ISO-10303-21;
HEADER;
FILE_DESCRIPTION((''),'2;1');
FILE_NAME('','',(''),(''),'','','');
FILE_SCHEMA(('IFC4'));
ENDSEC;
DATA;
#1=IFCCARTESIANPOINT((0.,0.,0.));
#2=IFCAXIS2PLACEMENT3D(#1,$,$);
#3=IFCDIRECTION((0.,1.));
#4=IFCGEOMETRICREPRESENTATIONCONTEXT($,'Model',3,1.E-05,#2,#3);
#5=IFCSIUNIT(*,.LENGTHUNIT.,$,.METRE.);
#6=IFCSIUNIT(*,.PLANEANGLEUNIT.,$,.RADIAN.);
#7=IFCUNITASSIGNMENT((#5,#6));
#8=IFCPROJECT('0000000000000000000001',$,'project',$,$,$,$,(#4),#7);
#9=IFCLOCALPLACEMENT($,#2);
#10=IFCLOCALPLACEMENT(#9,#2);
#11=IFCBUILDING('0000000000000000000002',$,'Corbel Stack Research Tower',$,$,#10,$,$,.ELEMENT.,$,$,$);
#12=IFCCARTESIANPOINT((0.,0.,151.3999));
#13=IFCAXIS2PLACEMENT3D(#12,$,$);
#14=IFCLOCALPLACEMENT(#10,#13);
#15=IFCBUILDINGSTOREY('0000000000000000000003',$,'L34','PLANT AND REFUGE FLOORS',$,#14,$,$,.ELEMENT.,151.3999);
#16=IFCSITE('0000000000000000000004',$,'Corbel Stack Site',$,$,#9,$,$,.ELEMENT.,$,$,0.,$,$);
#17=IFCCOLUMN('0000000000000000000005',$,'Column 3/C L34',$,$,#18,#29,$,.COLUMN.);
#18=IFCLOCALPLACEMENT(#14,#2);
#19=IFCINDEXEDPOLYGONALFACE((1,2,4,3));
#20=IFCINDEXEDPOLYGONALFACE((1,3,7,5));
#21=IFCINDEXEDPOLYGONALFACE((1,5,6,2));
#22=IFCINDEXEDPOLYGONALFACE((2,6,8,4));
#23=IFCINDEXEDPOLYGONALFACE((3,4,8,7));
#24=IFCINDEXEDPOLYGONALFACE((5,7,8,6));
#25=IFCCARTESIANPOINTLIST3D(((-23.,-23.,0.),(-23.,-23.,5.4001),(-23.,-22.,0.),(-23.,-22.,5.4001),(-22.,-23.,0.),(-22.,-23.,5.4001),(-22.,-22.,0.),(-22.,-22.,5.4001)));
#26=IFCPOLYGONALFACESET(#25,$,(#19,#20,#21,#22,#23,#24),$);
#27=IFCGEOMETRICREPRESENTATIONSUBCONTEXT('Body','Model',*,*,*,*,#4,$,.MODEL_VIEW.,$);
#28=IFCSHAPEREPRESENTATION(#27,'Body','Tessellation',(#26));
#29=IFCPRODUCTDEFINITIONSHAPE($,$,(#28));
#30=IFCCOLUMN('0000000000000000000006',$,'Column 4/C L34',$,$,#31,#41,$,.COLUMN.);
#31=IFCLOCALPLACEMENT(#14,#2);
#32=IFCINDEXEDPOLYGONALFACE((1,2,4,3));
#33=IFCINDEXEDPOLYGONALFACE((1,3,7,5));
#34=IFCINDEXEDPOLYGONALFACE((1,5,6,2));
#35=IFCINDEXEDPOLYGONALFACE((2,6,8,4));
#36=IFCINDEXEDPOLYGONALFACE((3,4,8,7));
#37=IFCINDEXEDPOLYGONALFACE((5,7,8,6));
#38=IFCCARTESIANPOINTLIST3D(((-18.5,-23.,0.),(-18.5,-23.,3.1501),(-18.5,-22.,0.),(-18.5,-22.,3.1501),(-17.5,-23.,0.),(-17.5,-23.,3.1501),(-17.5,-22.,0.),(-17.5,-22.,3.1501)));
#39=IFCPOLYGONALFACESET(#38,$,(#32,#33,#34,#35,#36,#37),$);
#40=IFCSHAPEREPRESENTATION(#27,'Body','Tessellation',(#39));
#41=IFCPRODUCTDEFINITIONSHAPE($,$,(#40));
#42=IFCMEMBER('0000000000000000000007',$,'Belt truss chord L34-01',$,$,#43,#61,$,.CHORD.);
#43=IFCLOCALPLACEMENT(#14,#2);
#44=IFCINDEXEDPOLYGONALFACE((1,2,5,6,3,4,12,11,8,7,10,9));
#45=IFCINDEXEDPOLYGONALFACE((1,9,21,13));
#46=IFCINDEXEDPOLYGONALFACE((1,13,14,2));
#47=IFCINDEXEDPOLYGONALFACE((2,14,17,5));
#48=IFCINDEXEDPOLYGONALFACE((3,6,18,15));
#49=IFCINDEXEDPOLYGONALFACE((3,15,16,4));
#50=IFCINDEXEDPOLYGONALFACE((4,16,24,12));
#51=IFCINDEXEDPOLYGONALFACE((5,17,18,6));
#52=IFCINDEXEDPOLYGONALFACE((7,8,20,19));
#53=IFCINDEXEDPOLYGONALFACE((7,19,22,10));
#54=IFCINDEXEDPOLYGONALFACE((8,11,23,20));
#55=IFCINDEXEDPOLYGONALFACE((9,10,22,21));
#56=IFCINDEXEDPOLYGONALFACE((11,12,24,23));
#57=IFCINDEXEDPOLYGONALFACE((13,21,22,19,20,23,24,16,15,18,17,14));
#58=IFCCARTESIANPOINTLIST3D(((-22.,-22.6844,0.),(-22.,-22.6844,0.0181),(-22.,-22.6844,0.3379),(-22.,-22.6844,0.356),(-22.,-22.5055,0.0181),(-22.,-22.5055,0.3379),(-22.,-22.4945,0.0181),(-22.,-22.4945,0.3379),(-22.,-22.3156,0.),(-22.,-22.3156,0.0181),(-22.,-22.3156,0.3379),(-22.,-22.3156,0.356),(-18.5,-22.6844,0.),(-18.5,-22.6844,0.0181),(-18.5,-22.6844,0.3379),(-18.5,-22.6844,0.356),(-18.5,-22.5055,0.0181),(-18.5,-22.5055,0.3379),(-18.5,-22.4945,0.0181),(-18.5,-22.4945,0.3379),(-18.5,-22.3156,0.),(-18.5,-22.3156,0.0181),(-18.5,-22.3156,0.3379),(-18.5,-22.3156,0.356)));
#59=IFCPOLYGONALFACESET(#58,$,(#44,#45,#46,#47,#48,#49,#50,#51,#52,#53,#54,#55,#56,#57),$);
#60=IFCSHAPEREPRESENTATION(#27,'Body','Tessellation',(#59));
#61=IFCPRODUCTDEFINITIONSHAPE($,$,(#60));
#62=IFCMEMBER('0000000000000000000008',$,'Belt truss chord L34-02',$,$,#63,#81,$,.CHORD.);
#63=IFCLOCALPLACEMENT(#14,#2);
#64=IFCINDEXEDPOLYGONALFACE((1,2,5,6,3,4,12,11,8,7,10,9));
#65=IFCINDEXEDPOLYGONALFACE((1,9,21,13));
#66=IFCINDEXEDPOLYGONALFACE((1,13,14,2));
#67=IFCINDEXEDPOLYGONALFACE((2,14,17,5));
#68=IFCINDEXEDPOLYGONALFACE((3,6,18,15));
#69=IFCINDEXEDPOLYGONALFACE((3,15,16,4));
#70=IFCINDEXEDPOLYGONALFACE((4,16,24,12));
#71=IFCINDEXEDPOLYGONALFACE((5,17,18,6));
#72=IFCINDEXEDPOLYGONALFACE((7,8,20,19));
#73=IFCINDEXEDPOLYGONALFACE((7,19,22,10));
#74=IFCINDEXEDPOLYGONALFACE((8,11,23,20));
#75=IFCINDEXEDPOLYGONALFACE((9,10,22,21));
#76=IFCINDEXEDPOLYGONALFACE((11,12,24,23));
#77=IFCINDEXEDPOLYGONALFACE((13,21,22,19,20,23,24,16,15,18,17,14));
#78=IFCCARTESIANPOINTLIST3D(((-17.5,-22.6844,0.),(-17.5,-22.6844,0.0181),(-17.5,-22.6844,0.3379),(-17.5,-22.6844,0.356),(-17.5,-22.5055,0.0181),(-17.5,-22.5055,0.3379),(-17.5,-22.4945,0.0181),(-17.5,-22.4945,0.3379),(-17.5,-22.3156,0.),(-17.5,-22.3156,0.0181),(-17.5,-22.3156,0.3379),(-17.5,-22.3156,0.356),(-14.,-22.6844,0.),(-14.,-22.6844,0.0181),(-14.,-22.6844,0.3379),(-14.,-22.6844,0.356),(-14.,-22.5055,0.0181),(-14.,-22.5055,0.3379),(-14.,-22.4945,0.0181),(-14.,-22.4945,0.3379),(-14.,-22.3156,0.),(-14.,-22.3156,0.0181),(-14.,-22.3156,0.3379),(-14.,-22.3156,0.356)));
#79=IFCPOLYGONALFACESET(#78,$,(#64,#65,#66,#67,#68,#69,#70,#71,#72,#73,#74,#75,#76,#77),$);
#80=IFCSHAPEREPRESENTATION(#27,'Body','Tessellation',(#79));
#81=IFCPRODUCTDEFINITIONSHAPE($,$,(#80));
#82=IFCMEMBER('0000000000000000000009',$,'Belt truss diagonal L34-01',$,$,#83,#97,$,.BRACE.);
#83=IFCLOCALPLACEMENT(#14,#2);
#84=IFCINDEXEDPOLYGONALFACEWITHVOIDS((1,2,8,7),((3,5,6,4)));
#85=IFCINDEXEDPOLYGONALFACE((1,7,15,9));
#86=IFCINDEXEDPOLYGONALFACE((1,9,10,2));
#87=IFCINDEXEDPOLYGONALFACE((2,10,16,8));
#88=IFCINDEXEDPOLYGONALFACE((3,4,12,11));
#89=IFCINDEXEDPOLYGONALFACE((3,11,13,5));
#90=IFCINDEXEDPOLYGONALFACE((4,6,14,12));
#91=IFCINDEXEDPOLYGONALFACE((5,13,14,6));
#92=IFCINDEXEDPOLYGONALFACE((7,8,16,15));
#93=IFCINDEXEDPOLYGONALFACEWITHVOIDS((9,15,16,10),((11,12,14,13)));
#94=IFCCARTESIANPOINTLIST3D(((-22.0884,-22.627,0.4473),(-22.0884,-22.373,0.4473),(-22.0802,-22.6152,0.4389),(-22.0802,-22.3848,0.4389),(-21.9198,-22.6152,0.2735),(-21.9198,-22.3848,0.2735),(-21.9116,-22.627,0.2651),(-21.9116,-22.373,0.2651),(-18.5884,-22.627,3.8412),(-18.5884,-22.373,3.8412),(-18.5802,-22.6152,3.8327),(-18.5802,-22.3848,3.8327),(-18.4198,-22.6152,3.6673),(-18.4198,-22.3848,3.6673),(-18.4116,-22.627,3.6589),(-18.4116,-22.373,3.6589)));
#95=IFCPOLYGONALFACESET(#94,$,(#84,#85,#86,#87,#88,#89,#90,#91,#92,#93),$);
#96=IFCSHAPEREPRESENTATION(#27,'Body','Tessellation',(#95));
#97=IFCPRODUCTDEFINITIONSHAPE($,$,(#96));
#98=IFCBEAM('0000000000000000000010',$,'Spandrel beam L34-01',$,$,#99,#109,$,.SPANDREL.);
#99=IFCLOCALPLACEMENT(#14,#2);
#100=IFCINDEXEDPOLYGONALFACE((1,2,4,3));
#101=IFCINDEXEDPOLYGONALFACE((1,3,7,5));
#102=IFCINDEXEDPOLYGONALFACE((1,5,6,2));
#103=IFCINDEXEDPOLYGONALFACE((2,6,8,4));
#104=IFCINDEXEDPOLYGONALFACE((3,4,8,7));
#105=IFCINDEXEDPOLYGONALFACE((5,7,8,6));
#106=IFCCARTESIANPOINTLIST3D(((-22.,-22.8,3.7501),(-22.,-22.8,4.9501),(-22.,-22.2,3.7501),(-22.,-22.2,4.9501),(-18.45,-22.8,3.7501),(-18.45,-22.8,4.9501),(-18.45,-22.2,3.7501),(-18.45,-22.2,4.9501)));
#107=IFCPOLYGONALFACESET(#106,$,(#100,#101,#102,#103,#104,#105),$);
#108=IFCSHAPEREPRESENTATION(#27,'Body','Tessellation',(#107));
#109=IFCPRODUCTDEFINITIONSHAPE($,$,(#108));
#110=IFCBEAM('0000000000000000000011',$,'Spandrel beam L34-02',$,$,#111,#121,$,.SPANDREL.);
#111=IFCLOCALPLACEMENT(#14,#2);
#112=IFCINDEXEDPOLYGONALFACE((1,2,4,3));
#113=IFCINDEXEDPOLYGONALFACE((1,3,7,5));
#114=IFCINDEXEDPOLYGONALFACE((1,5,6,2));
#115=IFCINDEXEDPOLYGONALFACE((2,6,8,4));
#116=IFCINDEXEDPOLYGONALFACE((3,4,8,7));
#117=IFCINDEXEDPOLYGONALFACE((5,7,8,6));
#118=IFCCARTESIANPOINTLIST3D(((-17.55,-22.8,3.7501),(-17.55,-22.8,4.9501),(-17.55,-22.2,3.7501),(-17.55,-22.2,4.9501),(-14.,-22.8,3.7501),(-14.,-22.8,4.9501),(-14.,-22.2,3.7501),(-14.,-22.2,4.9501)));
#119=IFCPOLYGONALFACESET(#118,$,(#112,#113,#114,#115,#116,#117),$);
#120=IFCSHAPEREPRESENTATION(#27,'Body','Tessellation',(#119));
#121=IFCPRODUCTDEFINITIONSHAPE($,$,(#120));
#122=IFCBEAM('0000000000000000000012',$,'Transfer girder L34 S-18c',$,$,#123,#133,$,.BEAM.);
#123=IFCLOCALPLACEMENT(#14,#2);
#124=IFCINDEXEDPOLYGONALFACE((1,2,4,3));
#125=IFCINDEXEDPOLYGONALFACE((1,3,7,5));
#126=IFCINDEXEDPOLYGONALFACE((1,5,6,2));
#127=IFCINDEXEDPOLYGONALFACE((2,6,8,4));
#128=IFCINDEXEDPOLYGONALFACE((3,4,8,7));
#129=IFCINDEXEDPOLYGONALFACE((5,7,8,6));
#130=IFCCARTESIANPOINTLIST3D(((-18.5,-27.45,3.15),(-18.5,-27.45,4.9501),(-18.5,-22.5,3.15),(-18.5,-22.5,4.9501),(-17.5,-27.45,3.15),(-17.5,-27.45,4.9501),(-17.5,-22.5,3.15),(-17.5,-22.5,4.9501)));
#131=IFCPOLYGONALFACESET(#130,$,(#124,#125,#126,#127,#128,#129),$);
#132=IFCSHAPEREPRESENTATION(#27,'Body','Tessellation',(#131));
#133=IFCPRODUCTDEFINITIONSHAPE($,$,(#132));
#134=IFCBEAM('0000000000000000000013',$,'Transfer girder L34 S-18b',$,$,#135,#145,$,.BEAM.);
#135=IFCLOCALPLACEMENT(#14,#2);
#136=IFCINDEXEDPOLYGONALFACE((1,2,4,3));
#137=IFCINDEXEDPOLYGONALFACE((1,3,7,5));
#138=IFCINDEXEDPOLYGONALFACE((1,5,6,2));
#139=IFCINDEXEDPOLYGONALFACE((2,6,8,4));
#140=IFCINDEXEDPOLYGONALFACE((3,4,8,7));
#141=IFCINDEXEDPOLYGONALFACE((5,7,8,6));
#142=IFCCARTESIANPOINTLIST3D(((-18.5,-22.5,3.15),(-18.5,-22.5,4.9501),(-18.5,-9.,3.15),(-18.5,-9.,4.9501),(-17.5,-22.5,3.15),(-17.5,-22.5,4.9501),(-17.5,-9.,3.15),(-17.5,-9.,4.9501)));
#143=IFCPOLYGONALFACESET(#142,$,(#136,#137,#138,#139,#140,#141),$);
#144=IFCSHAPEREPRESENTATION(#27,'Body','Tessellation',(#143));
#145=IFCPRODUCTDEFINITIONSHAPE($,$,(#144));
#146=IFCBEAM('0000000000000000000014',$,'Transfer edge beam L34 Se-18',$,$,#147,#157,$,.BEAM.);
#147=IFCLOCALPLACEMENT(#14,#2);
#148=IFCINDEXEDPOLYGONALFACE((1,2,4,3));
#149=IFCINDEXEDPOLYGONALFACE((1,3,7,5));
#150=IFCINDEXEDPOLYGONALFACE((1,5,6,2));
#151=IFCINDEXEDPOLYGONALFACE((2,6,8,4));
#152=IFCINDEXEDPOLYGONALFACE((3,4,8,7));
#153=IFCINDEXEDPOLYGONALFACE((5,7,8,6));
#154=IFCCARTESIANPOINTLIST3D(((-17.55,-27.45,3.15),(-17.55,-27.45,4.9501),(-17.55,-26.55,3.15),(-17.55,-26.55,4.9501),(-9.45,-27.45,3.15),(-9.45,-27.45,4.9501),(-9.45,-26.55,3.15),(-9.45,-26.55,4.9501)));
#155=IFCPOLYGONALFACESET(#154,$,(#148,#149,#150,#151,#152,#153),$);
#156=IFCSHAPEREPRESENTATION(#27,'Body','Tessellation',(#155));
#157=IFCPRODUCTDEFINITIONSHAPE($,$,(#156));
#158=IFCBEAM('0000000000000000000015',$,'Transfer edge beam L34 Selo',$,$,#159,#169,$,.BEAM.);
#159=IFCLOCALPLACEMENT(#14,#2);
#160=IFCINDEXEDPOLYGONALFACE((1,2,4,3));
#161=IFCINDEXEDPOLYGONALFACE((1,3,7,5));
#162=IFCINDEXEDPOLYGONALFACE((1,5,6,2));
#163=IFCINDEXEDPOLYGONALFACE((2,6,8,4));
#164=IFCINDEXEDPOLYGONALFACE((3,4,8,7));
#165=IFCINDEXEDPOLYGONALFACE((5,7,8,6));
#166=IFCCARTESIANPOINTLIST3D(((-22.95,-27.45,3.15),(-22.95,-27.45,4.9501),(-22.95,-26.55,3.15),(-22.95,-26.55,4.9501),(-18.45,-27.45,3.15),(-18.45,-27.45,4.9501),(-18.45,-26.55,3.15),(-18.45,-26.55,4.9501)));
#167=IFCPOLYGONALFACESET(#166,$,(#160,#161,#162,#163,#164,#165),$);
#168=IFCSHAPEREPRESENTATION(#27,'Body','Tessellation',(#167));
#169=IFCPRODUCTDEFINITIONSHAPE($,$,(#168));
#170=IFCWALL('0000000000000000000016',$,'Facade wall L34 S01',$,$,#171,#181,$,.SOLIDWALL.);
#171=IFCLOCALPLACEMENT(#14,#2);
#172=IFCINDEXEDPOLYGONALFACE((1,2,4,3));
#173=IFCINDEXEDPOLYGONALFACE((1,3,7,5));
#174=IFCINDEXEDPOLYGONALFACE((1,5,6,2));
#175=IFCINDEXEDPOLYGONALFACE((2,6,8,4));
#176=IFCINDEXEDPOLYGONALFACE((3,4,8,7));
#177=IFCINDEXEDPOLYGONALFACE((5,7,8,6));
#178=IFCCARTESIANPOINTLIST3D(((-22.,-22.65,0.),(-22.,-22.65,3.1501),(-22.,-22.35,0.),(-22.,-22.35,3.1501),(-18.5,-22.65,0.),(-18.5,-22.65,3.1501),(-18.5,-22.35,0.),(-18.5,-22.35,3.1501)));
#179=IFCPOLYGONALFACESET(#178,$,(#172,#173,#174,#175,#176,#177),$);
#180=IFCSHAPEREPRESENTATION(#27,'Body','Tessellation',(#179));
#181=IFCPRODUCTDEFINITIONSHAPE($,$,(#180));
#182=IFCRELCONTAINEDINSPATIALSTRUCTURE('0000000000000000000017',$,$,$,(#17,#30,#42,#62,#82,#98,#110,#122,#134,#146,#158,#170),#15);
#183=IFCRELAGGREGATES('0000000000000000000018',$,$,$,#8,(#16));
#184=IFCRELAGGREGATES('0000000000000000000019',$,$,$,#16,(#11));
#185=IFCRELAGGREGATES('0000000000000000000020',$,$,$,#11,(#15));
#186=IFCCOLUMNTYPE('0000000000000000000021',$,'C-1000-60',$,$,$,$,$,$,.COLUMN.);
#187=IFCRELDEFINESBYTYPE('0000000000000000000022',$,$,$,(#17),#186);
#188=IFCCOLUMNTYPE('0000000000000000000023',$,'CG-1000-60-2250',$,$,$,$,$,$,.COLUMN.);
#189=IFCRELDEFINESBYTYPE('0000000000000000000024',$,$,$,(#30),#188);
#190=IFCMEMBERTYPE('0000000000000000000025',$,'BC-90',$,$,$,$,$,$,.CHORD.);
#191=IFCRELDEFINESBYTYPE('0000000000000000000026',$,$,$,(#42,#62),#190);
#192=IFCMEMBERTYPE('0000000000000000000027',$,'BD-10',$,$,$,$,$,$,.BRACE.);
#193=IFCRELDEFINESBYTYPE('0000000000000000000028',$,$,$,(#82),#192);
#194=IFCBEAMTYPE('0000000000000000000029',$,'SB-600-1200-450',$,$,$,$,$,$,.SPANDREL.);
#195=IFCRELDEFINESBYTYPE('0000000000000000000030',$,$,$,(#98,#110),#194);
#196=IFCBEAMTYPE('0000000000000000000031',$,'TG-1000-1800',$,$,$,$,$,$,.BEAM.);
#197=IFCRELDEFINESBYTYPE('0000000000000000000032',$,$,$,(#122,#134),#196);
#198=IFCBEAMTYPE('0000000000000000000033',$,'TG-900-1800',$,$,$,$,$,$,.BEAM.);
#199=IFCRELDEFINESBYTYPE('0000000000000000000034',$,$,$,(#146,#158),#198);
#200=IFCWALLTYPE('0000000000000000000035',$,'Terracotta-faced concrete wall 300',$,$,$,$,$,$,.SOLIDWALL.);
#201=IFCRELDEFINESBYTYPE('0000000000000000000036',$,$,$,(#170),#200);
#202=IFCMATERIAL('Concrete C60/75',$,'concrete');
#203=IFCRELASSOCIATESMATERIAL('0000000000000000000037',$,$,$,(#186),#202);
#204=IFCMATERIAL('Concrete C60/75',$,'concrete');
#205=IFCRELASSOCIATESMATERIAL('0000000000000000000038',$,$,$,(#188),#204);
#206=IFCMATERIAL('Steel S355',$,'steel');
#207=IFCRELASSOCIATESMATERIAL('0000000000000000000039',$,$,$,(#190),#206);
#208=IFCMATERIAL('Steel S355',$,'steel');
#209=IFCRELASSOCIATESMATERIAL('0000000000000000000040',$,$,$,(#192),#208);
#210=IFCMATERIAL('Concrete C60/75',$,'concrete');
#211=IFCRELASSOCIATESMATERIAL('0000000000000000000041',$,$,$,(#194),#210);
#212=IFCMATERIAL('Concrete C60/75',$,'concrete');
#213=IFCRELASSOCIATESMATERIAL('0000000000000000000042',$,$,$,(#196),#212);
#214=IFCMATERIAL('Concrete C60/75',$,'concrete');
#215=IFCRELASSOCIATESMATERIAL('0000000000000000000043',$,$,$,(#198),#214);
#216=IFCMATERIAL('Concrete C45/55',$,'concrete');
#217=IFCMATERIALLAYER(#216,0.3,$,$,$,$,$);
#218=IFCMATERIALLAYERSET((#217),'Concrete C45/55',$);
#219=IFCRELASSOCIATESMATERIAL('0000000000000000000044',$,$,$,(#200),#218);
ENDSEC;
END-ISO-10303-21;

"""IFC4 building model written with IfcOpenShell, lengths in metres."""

from ifc_helpers import new_model, si_unit, direction, frame, frame_2d, origin, origin_2d, place, context, subcontext, project, spatial, rectangle, hollow_rectangle, i_section, extrude, material, layer, layer_set, material_profile, profile_set, type_object, element, save


model = new_model("IFC4")

# Units and contexts
model_context = context("Model", 3, precision=1e-05, world=origin(), true_north=direction((0.0, 1.0)))
body_context = subcontext(model_context, "Body", "Model", "MODEL_VIEW")
ifc_project = project(units=[si_unit("LENGTHUNIT", "METRE"), si_unit("PLANEANGLEUNIT", "RADIAN")], contexts=[model_context])

# Site, building, storey
site_placement = place(None, origin())
site = spatial("IfcSite", under=ifc_project, at=site_placement, Name="Corbel Stack Site", CompositionType="ELEMENT", RefElevation=0.0)
building_placement = place(site_placement, origin())
building = spatial("IfcBuilding", under=site, at=building_placement, Name="Corbel Stack Research Tower", CompositionType="ELEMENT")
storey_placement = place(building_placement, frame((0.0, 0.0, 151.3999)))
storey = spatial("IfcBuildingStorey", under=building, at=storey_placement, Name="L34", Description="PLANT AND REFUGE FLOORS", CompositionType="ELEMENT", Elevation=151.3999)

# Columns
ifc_material_1 = material(Name="Concrete C60/75", Category="concrete")
ifc_material_profile_1 = material_profile(ifc_material_1, rectangle(XDim=1.0, YDim=1.0, at=origin_2d()), Name="RC 1000 x 1000")
ifc_profile_set_1 = profile_set([ifc_material_profile_1], Name="Concrete C60/75")
column_type_1 = type_object("IfcColumnType", Name="C-1000-60", PredefinedType="COLUMN", material=ifc_profile_set_1)
column_1_placement = place(storey_placement, frame((-22.5, -22.5, 0.0), z_axis=(0.0, 0.0, 1.0), x_axis=(1.0, 0.0, 0.0)))
element("IfcColumn", 1, at=column_1_placement, inside=storey, type_object=column_type_1, Name="Column 3/C L34", PredefinedType="COLUMN", context=body_context, shape_type="SweptSolid", body=[
    extrude(rectangle(XDim=1.0, YDim=1.0, at=origin_2d()), origin(), (0.0, 0.0, 1.0), 5.4001),
])
ifc_material_2 = material(Name="Concrete C60/75", Category="concrete")
ifc_material_profile_2 = material_profile(ifc_material_2, rectangle(XDim=1.0, YDim=1.0, at=origin_2d()), Name="RC 1000 x 1000")
ifc_profile_set_2 = profile_set([ifc_material_profile_2], Name="Concrete C60/75")
column_type_2 = type_object("IfcColumnType", Name="CG-1000-60-2250", PredefinedType="COLUMN", material=ifc_profile_set_2)
column_2_placement = place(storey_placement, frame((-18.0, -22.5, 0.0), z_axis=(0.0, 0.0, 1.0), x_axis=(1.0, 0.0, 0.0)))
element("IfcColumn", 2, at=column_2_placement, inside=storey, type_object=column_type_2, Name="Column 4/C L34", PredefinedType="COLUMN", context=body_context, shape_type="SweptSolid", body=[
    extrude(rectangle(XDim=1.0, YDim=1.0, at=origin_2d()), origin(), (0.0, 0.0, 1.0), 3.1501),
])

# Members
ifc_material_3 = material(Name="Steel S355", Category="steel")
ifc_material_profile_3 = material_profile(ifc_material_3, i_section(OverallWidth=0.3689, OverallDepth=0.356, WebThickness=0.011, FlangeThickness=0.0181, at=origin_2d()), Name="W14x90")
ifc_profile_set_3 = profile_set([ifc_material_profile_3], Name="Steel S355")
member_type_1 = type_object("IfcMemberType", Name="BC-90", PredefinedType="CHORD", material=ifc_profile_set_3)
for number, where, z_axis, x_axis, name in (
    (3, (-22.0, -22.5, 0.178), (1.0, 0.0, 0.0), (0.0, 1.0, 0.0), "Belt truss chord L34-01"),
    (4, (-17.5, -22.5, 0.178), (1.0, 0.0, 0.0), (0.0, 1.0, 0.0), "Belt truss chord L34-02"),
):
    element("IfcMember", number, at=place(storey_placement, frame(where, z_axis=z_axis, x_axis=x_axis)), inside=storey, type_object=member_type_1, Name=name, PredefinedType="CHORD", context=body_context, shape_type="SweptSolid", body=[
        extrude(i_section(OverallWidth=0.3689, OverallDepth=0.356, WebThickness=0.011, FlangeThickness=0.0181, at=origin_2d()), origin(), (0.0, 0.0, 1.0), 3.5),
    ])
ifc_material_4 = material(Name="Steel S355", Category="steel")
ifc_material_profile_4 = material_profile(ifc_material_4, hollow_rectangle(XDim=0.2539, YDim=0.2539, WallThickness=0.0117, at=origin_2d()), Name="HSS10x10x1/2")
ifc_profile_set_4 = profile_set([ifc_material_profile_4], Name="Steel S355")
member_type_2 = type_object("IfcMemberType", Name="BD-10", PredefinedType="BRACE", material=ifc_profile_set_4)
member_placement = place(storey_placement, frame((-22.0, -22.5, 0.3562), z_axis=(0.717915, 0.0, 0.696131), x_axis=(0.0, 1.0, 0.0)))
element("IfcMember", 5, at=member_placement, inside=storey, type_object=member_type_2, Name="Belt truss diagonal L34-01", PredefinedType="BRACE", context=body_context, shape_type="SweptSolid", body=[
    extrude(hollow_rectangle(XDim=0.2539, YDim=0.2539, WallThickness=0.0117, at=origin_2d()), origin(), (0.0, 0.0, 1.0), 4.8752),
])

# Beams
ifc_material_5 = material(Name="Concrete C60/75", Category="concrete")
ifc_material_profile_5 = material_profile(ifc_material_5, rectangle(XDim=0.6001, YDim=1.2, at=origin_2d()), Name="RC 600 x 1200")
ifc_profile_set_5 = profile_set([ifc_material_profile_5], Name="Concrete C60/75")
beam_type_1 = type_object("IfcBeamType", Name="SB-600-1200-450", PredefinedType="SPANDREL", material=ifc_profile_set_5)
for number, where, z_axis, x_axis, name in (
    (6, (-22.0, -22.5, 4.3501), (1.0, 0.0, 0.0), (0.0, 1.0, 0.0), "Spandrel beam L34-01"),
    (7, (-17.55, -22.5, 4.3501), (1.0, 0.0, 0.0), (0.0, 1.0, 0.0), "Spandrel beam L34-02"),
):
    element("IfcBeam", number, at=place(storey_placement, frame(where, z_axis=z_axis, x_axis=x_axis)), inside=storey, type_object=beam_type_1, Name=name, PredefinedType="SPANDREL", context=body_context, shape_type="SweptSolid", body=[
        extrude(rectangle(XDim=0.6001, YDim=1.2, at=origin_2d()), origin(), (0.0, 0.0, 1.0), 3.55),
    ])
ifc_material_6 = material(Name="Concrete C60/75", Category="concrete")
ifc_material_profile_6 = material_profile(ifc_material_6, rectangle(XDim=1.0, YDim=1.8, at=origin_2d()), Name="RC 1000 x 1800")
ifc_profile_set_6 = profile_set([ifc_material_profile_6], Name="Concrete C60/75")
beam_type_2 = type_object("IfcBeamType", Name="TG-1000-1800", PredefinedType="BEAM", material=ifc_profile_set_6)
beam_1_placement = place(storey_placement, frame((-18.0, -27.45, 4.05), z_axis=(0.0, 1.0, 0.0), x_axis=(-1.0, 0.0, 0.0)))
element("IfcBeam", 8, at=beam_1_placement, inside=storey, type_object=beam_type_2, Name="Transfer girder L34 S-18c", PredefinedType="BEAM", context=body_context, shape_type="SweptSolid", body=[
    extrude(rectangle(XDim=1.0, YDim=1.8, at=origin_2d()), origin(), (0.0, 0.0, 1.0), 4.95),
])
beam_2_placement = place(storey_placement, frame((-18.0, -22.5, 4.05), z_axis=(0.0, 1.0, 0.0), x_axis=(-1.0, 0.0, 0.0)))
element("IfcBeam", 9, at=beam_2_placement, inside=storey, type_object=beam_type_2, Name="Transfer girder L34 S-18b", PredefinedType="BEAM", context=body_context, shape_type="SweptSolid", body=[
    extrude(rectangle(XDim=1.0, YDim=1.8, at=origin_2d()), origin(), (0.0, 0.0, 1.0), 13.5),
])
ifc_material_7 = material(Name="Concrete C60/75", Category="concrete")
ifc_material_profile_7 = material_profile(ifc_material_7, rectangle(XDim=0.8999, YDim=1.8, at=origin_2d()), Name="RC 900 x 1800")
ifc_profile_set_7 = profile_set([ifc_material_profile_7], Name="Concrete C60/75")
beam_type_3 = type_object("IfcBeamType", Name="TG-900-1800", PredefinedType="BEAM", material=ifc_profile_set_7)
beam_3_placement = place(storey_placement, frame((-17.55, -27.0, 4.05), z_axis=(1.0, 0.0, 0.0), x_axis=(0.0, 1.0, 0.0)))
element("IfcBeam", 10, at=beam_3_placement, inside=storey, type_object=beam_type_3, Name="Transfer edge beam L34 Se-18", PredefinedType="BEAM", context=body_context, shape_type="SweptSolid", body=[
    extrude(rectangle(XDim=0.8999, YDim=1.8, at=origin_2d()), origin(), (0.0, 0.0, 1.0), 8.1001),
])
beam_4_placement = place(storey_placement, frame((-22.95, -27.0, 4.05), z_axis=(1.0, 0.0, 0.0), x_axis=(0.0, 1.0, 0.0)))
element("IfcBeam", 11, at=beam_4_placement, inside=storey, type_object=beam_type_3, Name="Transfer edge beam L34 Selo", PredefinedType="BEAM", context=body_context, shape_type="SweptSolid", body=[
    extrude(rectangle(XDim=0.8999, YDim=1.8, at=origin_2d()), origin(), (0.0, 0.0, 1.0), 4.5),
])

# Wall
ifc_material_8 = material(Name="Concrete C45/55", Category="concrete")
ifc_layer_1 = layer(ifc_material_8, 0.3)
ifc_layer_set_1 = layer_set([ifc_layer_1], Name="Concrete C45/55")
wall_type = type_object("IfcWallType", Name="Terracotta-faced concrete wall 300", PredefinedType="SOLIDWALL", material=ifc_layer_set_1)
wall_placement = place(storey_placement, frame((-18.5, -22.5, 0.0), z_axis=(0.0, 0.0, 1.0), x_axis=(-1.0, 0.0, 0.0)))
element("IfcWall", 12, at=wall_placement, inside=storey, type_object=wall_type, Name="Facade wall L34 S01", PredefinedType="SOLIDWALL", context=body_context, shape_type="SweptSolid", body=[
    extrude(rectangle(XDim=3.5, YDim=0.3, at=frame_2d((1.75, 0.0))), origin(), (0.0, 0.0, 1.0), 3.1501),
])

save(model, "model.ifc")
